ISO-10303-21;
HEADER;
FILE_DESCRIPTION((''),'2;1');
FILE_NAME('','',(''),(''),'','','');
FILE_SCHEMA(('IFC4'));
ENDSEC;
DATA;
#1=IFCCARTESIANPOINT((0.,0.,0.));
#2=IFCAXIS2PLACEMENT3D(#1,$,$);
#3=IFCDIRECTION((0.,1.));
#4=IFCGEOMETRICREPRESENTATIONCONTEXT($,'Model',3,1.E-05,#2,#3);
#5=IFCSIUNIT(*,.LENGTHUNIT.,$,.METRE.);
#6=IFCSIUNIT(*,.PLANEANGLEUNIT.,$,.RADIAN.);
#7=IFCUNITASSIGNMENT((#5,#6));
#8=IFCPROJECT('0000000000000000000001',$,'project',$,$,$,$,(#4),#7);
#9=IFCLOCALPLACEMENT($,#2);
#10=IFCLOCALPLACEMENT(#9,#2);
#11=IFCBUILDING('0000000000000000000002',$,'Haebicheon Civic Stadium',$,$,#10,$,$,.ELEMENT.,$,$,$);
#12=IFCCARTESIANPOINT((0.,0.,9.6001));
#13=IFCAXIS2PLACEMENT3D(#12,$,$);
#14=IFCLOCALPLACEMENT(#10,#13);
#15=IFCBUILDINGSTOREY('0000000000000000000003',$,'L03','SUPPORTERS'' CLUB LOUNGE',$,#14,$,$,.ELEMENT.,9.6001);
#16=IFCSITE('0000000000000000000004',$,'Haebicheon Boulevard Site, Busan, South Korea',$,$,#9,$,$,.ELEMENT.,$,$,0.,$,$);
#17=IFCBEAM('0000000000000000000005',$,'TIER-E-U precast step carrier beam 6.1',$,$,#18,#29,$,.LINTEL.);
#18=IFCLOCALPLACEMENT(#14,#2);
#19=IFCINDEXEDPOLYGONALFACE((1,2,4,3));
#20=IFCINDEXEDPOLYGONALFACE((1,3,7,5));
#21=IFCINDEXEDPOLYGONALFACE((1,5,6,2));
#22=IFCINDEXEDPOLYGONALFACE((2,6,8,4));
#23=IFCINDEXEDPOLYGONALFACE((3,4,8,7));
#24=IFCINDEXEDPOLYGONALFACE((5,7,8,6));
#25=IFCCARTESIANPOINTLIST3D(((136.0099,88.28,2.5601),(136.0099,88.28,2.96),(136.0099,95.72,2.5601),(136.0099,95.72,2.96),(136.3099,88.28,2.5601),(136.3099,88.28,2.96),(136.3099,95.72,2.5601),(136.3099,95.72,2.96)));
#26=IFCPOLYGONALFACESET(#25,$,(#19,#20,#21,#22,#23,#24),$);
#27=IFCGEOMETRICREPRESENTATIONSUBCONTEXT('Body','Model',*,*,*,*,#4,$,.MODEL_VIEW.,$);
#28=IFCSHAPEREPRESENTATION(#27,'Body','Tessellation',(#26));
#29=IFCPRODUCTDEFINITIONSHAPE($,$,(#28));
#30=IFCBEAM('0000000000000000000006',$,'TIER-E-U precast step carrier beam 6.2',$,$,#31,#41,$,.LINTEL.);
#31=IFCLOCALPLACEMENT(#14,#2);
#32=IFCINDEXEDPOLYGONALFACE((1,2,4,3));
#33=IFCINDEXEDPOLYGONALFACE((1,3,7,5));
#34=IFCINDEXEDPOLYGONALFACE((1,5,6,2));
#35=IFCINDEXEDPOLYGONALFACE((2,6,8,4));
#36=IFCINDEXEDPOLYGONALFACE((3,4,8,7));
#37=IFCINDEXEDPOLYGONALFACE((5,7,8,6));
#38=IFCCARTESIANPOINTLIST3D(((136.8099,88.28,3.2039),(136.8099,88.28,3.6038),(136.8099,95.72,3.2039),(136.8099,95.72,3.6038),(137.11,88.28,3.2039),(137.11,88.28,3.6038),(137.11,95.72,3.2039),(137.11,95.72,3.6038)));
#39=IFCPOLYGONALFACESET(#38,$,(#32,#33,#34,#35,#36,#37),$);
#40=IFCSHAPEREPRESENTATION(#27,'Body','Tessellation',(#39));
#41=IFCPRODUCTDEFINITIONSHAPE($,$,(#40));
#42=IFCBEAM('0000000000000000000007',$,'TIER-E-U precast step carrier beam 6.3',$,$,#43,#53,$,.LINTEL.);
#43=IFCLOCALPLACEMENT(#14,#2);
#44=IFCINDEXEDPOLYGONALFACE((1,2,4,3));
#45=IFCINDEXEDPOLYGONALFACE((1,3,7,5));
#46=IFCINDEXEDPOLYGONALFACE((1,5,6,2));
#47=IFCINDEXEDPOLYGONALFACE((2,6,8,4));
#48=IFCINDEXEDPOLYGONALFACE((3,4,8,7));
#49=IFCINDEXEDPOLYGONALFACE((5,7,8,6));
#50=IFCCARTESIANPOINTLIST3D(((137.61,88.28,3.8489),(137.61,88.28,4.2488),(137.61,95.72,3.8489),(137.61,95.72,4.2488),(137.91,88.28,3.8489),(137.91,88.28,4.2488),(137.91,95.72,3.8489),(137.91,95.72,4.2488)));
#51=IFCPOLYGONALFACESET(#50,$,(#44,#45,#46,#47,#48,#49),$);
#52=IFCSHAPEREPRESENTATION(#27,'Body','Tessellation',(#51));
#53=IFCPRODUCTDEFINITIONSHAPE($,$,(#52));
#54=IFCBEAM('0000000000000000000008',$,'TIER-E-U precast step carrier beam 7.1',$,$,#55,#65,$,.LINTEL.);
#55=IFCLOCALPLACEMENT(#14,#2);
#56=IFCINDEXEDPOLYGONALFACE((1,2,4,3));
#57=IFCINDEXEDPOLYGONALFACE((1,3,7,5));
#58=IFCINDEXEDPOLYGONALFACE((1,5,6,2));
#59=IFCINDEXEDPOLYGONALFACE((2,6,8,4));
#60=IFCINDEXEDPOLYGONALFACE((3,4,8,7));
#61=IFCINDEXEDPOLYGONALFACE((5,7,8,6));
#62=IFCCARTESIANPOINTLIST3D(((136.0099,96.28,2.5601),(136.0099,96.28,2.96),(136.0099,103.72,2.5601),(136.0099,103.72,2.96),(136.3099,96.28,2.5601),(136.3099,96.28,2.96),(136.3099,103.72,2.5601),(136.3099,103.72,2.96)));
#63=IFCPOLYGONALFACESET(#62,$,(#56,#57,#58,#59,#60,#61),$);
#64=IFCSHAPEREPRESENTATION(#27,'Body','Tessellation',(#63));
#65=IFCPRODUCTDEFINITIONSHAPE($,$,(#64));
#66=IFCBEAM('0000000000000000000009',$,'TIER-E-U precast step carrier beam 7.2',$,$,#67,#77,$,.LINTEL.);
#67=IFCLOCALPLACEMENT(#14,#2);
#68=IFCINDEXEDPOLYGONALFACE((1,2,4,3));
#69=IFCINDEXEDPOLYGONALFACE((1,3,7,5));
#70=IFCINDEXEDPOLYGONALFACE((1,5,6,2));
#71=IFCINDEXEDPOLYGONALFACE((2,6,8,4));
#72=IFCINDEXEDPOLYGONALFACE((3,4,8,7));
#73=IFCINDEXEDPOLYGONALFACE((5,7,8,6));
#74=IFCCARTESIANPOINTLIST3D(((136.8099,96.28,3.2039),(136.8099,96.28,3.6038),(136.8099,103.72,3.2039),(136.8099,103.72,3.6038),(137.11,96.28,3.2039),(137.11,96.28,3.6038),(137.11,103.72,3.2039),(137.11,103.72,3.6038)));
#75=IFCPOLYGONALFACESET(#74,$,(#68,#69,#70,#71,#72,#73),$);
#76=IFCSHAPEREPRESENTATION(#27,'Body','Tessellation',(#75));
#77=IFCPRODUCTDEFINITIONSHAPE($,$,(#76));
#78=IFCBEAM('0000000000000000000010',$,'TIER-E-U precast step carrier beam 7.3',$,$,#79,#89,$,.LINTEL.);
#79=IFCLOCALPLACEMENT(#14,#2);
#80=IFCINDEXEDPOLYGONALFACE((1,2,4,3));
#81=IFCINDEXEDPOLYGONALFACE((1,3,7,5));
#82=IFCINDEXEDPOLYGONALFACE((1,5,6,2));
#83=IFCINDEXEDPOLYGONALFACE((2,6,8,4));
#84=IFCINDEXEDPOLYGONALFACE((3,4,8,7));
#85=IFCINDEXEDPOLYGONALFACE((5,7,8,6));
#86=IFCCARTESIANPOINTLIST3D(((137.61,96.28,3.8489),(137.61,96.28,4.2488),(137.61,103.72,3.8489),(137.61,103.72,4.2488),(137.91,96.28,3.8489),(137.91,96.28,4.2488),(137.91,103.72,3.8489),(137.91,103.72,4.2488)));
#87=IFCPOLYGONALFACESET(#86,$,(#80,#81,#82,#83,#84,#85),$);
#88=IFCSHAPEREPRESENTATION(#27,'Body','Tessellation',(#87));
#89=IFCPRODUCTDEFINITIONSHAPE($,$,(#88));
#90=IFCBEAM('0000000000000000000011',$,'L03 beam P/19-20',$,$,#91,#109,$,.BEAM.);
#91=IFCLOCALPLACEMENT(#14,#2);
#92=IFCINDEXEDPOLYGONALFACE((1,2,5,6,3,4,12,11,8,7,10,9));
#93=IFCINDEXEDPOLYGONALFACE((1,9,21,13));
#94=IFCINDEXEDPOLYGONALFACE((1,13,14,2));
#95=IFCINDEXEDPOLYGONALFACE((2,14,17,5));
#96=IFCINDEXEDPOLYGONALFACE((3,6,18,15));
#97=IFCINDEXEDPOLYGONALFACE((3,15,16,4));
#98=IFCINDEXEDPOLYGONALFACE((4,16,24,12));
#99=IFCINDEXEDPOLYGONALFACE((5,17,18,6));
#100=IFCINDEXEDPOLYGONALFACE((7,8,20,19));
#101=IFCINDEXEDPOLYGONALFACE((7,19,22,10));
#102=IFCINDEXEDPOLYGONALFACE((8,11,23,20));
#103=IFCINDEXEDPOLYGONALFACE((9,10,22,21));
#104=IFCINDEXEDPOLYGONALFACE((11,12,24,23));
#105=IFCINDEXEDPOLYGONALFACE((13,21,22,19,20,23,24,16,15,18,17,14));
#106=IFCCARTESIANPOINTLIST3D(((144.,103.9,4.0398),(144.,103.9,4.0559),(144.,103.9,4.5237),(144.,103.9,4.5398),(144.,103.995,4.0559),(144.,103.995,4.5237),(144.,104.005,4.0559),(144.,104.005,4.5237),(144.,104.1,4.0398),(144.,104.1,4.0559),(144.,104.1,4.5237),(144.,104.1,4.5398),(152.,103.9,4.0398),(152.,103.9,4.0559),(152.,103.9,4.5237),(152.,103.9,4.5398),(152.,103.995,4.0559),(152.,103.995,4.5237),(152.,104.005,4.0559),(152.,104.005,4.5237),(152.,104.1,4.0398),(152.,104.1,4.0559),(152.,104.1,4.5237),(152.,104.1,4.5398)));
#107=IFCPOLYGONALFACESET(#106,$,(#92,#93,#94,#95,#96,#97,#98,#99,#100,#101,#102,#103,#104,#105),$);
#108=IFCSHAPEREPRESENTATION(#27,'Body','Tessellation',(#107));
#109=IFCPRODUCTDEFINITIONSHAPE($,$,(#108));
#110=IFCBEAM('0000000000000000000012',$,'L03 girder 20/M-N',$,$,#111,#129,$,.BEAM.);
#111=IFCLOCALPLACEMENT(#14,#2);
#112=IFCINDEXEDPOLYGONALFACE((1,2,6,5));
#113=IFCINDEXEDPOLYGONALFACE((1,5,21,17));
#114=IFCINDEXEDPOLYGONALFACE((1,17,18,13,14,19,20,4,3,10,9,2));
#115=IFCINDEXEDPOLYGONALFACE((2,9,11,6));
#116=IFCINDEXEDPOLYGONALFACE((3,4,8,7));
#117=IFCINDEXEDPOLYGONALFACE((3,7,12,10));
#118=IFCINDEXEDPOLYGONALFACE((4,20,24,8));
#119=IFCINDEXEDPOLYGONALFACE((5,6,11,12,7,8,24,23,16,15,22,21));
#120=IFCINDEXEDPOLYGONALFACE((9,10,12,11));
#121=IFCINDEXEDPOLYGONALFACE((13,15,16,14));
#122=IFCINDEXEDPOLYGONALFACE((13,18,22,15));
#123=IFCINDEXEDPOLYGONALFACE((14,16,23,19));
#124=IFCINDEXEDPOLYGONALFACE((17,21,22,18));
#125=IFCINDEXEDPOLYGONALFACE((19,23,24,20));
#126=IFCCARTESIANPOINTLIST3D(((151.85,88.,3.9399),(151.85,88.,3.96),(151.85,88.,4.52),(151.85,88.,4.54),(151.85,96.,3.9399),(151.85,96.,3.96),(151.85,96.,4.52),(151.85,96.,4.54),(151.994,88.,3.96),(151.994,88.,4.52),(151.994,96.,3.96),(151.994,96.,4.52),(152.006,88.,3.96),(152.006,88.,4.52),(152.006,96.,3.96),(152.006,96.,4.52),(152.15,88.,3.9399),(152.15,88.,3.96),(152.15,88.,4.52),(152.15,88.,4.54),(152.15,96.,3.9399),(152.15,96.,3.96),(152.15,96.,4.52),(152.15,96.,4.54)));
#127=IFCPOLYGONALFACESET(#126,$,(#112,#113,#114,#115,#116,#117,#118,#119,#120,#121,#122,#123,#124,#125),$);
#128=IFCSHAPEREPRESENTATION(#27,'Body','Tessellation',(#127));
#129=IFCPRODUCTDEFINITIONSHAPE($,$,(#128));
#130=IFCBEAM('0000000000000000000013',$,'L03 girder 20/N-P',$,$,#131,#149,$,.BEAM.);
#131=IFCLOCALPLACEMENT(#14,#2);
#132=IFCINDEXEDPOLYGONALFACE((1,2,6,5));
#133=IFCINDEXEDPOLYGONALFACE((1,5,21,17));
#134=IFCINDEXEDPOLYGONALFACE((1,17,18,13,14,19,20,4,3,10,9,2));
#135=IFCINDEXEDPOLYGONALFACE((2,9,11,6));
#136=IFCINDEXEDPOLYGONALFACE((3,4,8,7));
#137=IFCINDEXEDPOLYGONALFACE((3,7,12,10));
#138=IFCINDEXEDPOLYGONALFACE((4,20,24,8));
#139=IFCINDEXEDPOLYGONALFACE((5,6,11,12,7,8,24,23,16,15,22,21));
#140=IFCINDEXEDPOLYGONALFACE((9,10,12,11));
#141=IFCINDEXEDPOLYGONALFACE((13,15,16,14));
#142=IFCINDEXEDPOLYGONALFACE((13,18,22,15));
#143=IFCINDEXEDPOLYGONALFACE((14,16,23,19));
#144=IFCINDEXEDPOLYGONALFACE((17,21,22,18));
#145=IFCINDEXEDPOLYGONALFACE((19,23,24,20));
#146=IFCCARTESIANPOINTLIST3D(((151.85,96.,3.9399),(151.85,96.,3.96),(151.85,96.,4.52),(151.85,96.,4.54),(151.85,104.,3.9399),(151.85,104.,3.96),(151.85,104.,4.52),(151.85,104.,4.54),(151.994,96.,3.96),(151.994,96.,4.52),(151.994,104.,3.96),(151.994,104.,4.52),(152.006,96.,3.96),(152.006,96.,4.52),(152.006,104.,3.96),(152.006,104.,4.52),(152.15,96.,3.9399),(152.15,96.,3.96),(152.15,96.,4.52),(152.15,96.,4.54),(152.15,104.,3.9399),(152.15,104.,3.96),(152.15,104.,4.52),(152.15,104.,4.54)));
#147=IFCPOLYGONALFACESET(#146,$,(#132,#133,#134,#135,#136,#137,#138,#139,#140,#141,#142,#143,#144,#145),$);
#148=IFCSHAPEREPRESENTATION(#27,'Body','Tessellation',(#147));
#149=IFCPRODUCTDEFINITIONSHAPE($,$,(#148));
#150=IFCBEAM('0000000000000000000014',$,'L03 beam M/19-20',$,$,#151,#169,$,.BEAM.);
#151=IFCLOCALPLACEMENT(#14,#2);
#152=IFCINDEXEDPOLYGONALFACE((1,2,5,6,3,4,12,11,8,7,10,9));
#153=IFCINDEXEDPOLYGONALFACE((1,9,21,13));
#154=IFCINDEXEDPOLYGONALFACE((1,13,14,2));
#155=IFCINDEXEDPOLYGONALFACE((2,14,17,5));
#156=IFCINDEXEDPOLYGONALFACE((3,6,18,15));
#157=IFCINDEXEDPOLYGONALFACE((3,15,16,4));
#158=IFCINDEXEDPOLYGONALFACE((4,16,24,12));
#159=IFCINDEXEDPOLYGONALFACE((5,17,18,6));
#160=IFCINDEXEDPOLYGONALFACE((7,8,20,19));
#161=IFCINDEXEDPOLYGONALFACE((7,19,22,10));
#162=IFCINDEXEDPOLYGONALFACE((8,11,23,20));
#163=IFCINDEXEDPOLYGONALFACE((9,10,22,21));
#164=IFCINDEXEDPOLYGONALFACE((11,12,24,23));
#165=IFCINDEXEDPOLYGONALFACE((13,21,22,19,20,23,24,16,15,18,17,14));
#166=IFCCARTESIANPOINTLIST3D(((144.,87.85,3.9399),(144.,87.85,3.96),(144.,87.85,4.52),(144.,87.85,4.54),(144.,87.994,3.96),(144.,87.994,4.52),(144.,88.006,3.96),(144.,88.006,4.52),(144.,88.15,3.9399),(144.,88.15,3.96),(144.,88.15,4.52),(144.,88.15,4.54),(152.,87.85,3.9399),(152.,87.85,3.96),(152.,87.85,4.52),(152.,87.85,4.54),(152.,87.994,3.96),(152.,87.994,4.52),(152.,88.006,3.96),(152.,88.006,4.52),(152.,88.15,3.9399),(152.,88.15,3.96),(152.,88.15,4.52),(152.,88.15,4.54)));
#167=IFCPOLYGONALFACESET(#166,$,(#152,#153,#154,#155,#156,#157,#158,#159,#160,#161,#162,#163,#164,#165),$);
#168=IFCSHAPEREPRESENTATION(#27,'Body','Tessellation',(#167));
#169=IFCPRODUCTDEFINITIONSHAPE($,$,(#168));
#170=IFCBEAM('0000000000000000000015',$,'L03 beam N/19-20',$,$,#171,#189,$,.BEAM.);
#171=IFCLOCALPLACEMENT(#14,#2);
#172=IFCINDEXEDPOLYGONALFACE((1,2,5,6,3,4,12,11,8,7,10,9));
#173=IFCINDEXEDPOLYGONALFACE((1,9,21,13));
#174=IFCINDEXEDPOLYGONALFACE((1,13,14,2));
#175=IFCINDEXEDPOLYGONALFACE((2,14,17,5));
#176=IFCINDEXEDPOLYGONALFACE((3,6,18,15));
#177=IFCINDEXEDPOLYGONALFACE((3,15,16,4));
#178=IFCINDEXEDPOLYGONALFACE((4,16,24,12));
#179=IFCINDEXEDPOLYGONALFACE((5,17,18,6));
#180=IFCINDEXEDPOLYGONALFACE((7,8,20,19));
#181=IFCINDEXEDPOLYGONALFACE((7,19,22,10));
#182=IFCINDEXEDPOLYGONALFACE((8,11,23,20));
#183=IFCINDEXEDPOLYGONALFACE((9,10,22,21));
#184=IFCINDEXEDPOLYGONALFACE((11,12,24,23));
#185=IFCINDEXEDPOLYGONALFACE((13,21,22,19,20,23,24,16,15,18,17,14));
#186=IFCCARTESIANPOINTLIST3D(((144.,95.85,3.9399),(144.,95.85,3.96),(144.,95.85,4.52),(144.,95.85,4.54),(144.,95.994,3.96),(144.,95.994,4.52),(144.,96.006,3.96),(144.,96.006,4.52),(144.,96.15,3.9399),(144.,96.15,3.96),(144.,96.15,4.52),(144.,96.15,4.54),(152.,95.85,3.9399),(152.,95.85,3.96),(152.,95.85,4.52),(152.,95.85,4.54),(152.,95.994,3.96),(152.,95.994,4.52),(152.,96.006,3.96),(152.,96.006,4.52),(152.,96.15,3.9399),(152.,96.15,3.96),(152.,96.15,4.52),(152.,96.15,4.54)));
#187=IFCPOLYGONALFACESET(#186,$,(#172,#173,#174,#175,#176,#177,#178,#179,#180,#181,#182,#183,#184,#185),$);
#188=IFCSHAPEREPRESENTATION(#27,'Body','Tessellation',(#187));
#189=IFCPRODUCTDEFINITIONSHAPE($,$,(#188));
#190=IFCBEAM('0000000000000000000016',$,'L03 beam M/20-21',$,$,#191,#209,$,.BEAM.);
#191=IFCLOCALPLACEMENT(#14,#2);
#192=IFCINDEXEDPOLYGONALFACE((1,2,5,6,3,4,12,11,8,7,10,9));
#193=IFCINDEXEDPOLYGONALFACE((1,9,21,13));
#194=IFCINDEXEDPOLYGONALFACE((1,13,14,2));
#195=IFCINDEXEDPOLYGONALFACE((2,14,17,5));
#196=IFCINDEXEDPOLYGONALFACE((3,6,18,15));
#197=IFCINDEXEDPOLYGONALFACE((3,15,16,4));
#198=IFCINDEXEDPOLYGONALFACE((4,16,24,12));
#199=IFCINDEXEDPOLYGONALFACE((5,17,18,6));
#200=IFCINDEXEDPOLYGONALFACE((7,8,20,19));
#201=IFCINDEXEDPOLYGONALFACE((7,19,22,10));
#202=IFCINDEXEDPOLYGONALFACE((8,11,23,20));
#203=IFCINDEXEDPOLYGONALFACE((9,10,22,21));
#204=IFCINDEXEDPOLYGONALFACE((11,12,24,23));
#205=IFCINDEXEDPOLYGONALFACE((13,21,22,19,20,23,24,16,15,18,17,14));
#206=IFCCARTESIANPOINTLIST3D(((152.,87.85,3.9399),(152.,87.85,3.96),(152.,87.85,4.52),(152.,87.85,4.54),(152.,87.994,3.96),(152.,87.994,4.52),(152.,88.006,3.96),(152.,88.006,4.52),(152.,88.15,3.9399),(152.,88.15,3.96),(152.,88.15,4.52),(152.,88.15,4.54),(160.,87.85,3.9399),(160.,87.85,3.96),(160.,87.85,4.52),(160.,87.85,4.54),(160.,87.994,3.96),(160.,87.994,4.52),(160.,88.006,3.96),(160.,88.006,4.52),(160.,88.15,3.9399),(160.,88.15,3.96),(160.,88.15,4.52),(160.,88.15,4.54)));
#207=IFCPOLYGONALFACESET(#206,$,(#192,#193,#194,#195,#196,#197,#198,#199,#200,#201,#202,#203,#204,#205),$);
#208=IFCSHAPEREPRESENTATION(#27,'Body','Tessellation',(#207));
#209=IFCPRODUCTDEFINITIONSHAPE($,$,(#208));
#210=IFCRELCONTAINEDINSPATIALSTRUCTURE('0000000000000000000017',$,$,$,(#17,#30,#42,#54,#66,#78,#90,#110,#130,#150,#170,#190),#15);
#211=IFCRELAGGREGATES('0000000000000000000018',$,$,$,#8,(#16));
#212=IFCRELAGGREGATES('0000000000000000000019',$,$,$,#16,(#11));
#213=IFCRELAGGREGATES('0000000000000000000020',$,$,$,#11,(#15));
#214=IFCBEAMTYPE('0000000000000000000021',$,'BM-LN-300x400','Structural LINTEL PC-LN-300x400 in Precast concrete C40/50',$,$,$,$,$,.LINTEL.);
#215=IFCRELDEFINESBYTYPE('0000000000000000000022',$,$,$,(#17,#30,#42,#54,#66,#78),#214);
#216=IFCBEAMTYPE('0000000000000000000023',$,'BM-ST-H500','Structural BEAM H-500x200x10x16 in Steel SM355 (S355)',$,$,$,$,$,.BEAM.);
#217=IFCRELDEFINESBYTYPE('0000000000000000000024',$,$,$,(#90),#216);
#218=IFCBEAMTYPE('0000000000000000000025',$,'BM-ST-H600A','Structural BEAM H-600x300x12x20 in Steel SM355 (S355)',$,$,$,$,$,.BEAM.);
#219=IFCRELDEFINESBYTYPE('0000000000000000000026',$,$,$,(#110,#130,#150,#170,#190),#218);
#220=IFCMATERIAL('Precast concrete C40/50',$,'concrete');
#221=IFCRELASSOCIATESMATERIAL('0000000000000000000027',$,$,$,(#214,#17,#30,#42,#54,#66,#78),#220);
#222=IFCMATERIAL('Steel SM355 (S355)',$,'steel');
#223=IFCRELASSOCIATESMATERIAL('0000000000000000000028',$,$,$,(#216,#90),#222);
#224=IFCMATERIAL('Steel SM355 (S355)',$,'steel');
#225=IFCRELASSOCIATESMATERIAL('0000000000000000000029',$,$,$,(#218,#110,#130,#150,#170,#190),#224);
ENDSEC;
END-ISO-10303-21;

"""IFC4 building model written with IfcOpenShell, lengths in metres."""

from ifc_helpers import new_model, si_unit, direction, frame, origin, origin_2d, place, context, subcontext, project, spatial, rectangle, i_section, extrude, material, material_profile, profile_set, type_object, element, save


model = new_model("IFC4")

# Units and contexts
model_context = context("Model", 3, precision=1e-05, world=origin(), true_north=direction((0.0, 1.0)))
body_context = subcontext(model_context, "Body", "Model", "MODEL_VIEW")
ifc_project = project(units=[si_unit("LENGTHUNIT", "METRE"), si_unit("PLANEANGLEUNIT", "RADIAN")], contexts=[model_context])

# Site, building, storey
site_placement = place(None, origin())
site = spatial("IfcSite", under=ifc_project, at=site_placement, Name="Haebicheon Boulevard Site, Busan, South Korea", CompositionType="ELEMENT", RefElevation=0.0)
building_placement = place(site_placement, origin())
building = spatial("IfcBuilding", under=site, at=building_placement, Name="Haebicheon Civic Stadium", CompositionType="ELEMENT")
storey_placement = place(building_placement, frame((0.0, 0.0, 9.6001)))
storey = spatial("IfcBuildingStorey", under=building, at=storey_placement, Name="L03", Description="SUPPORTERS' CLUB LOUNGE", CompositionType="ELEMENT", Elevation=9.6001)

# Beams
ifc_material_1 = material(Name="Precast concrete C40/50", Category="concrete")
ifc_material_profile_1 = material_profile(ifc_material_1, rectangle(XDim=0.3, YDim=0.3999, at=origin_2d()), Name="PC-LN-300x400")
ifc_profile_set_1 = profile_set([ifc_material_profile_1], Name="Precast concrete C40/50")
beam_type_1 = type_object("IfcBeamType", Name="BM-LN-300x400", Description="Structural LINTEL PC-LN-300x400 in Precast concrete C40/50", PredefinedType="LINTEL", material=ifc_profile_set_1)
for number, where, z_axis, x_axis, name in (
    (1, (136.1599, 88.28, 2.76), (0.0, 1.0, 0.0), (-1.0, 0.0, 0.0), "TIER-E-U precast step carrier beam 6.1"),
    (2, (136.96, 88.28, 3.4038), (0.0, 1.0, 0.0), (-1.0, 0.0, 0.0), "TIER-E-U precast step carrier beam 6.2"),
    (3, (137.76, 88.28, 4.0488), (0.0, 1.0, 0.0), (-1.0, 0.0, 0.0), "TIER-E-U precast step carrier beam 6.3"),
    (4, (136.1599, 96.28, 2.76), (0.0, 1.0, 0.0), (-1.0, 0.0, 0.0), "TIER-E-U precast step carrier beam 7.1"),
    (5, (136.96, 96.28, 3.4038), (0.0, 1.0, 0.0), (-1.0, 0.0, 0.0), "TIER-E-U precast step carrier beam 7.2"),
    (6, (137.76, 96.28, 4.0488), (0.0, 1.0, 0.0), (-1.0, 0.0, 0.0), "TIER-E-U precast step carrier beam 7.3"),
):
    element("IfcBeam", number, at=place(storey_placement, frame(where, z_axis=z_axis, x_axis=x_axis)), inside=storey, type_object=beam_type_1, material=ifc_profile_set_1, Name=name, PredefinedType="LINTEL", context=body_context, shape_type="SweptSolid", body=[
        extrude(rectangle(XDim=0.3, YDim=0.3999, at=origin_2d()), origin(), (0.0, 0.0, 1.0), 7.4399),
    ])
ifc_material_2 = material(Name="Steel SM355 (S355)", Category="steel")
ifc_material_profile_2 = material_profile(ifc_material_2, i_section(OverallWidth=0.2, OverallDepth=0.5, WebThickness=0.01, FlangeThickness=0.0161, at=origin_2d()), Name="H-500x200x10x16")
ifc_profile_set_2 = profile_set([ifc_material_profile_2], Name="Steel SM355 (S355)")
beam_type_2 = type_object("IfcBeamType", Name="BM-ST-H500", Description="Structural BEAM H-500x200x10x16 in Steel SM355 (S355)", PredefinedType="BEAM", material=ifc_profile_set_2)
beam_placement = place(storey_placement, frame((144.0, 104.0, 4.2898), z_axis=(1.0, 0.0, 0.0), x_axis=(0.0, 1.0, 0.0)))
element("IfcBeam", 7, at=beam_placement, inside=storey, type_object=beam_type_2, material=ifc_profile_set_2, Name="L03 beam P/19-20", PredefinedType="BEAM", context=body_context, shape_type="SweptSolid", body=[
    extrude(i_section(OverallWidth=0.2, OverallDepth=0.5, WebThickness=0.01, FlangeThickness=0.0161, at=origin_2d()), origin(), (0.0, 0.0, 1.0), 8.0),
])
ifc_material_3 = material(Name="Steel SM355 (S355)", Category="steel")
ifc_material_profile_3 = material_profile(ifc_material_3, i_section(OverallWidth=0.3, OverallDepth=0.6001, WebThickness=0.012, FlangeThickness=0.02, at=origin_2d()), Name="H-600x300x12x20")
ifc_profile_set_3 = profile_set([ifc_material_profile_3], Name="Steel SM355 (S355)")
beam_type_3 = type_object("IfcBeamType", Name="BM-ST-H600A", Description="Structural BEAM H-600x300x12x20 in Steel SM355 (S355)", PredefinedType="BEAM", material=ifc_profile_set_3)
for number, where, z_axis, x_axis, name in (
    (8, (152.0, 88.0, 4.24), (0.0, 1.0, 0.0), (-1.0, 0.0, 0.0), "L03 girder 20/M-N"),
    (9, (152.0, 96.0, 4.24), (0.0, 1.0, 0.0), (-1.0, 0.0, 0.0), "L03 girder 20/N-P"),
    (10, (144.0, 88.0, 4.24), (1.0, 0.0, 0.0), (0.0, 1.0, 0.0), "L03 beam M/19-20"),
    (11, (144.0, 96.0, 4.24), (1.0, 0.0, 0.0), (0.0, 1.0, 0.0), "L03 beam N/19-20"),
    (12, (152.0, 88.0, 4.24), (1.0, 0.0, 0.0), (0.0, 1.0, 0.0), "L03 beam M/20-21"),
):
    element("IfcBeam", number, at=place(storey_placement, frame(where, z_axis=z_axis, x_axis=x_axis)), inside=storey, type_object=beam_type_3, material=ifc_profile_set_3, Name=name, PredefinedType="BEAM", context=body_context, shape_type="SweptSolid", body=[
        extrude(i_section(OverallWidth=0.3, OverallDepth=0.6001, WebThickness=0.012, FlangeThickness=0.02, at=origin_2d()), origin(), (0.0, 0.0, 1.0), 8.0),
    ])

save(model, "model.ifc")
